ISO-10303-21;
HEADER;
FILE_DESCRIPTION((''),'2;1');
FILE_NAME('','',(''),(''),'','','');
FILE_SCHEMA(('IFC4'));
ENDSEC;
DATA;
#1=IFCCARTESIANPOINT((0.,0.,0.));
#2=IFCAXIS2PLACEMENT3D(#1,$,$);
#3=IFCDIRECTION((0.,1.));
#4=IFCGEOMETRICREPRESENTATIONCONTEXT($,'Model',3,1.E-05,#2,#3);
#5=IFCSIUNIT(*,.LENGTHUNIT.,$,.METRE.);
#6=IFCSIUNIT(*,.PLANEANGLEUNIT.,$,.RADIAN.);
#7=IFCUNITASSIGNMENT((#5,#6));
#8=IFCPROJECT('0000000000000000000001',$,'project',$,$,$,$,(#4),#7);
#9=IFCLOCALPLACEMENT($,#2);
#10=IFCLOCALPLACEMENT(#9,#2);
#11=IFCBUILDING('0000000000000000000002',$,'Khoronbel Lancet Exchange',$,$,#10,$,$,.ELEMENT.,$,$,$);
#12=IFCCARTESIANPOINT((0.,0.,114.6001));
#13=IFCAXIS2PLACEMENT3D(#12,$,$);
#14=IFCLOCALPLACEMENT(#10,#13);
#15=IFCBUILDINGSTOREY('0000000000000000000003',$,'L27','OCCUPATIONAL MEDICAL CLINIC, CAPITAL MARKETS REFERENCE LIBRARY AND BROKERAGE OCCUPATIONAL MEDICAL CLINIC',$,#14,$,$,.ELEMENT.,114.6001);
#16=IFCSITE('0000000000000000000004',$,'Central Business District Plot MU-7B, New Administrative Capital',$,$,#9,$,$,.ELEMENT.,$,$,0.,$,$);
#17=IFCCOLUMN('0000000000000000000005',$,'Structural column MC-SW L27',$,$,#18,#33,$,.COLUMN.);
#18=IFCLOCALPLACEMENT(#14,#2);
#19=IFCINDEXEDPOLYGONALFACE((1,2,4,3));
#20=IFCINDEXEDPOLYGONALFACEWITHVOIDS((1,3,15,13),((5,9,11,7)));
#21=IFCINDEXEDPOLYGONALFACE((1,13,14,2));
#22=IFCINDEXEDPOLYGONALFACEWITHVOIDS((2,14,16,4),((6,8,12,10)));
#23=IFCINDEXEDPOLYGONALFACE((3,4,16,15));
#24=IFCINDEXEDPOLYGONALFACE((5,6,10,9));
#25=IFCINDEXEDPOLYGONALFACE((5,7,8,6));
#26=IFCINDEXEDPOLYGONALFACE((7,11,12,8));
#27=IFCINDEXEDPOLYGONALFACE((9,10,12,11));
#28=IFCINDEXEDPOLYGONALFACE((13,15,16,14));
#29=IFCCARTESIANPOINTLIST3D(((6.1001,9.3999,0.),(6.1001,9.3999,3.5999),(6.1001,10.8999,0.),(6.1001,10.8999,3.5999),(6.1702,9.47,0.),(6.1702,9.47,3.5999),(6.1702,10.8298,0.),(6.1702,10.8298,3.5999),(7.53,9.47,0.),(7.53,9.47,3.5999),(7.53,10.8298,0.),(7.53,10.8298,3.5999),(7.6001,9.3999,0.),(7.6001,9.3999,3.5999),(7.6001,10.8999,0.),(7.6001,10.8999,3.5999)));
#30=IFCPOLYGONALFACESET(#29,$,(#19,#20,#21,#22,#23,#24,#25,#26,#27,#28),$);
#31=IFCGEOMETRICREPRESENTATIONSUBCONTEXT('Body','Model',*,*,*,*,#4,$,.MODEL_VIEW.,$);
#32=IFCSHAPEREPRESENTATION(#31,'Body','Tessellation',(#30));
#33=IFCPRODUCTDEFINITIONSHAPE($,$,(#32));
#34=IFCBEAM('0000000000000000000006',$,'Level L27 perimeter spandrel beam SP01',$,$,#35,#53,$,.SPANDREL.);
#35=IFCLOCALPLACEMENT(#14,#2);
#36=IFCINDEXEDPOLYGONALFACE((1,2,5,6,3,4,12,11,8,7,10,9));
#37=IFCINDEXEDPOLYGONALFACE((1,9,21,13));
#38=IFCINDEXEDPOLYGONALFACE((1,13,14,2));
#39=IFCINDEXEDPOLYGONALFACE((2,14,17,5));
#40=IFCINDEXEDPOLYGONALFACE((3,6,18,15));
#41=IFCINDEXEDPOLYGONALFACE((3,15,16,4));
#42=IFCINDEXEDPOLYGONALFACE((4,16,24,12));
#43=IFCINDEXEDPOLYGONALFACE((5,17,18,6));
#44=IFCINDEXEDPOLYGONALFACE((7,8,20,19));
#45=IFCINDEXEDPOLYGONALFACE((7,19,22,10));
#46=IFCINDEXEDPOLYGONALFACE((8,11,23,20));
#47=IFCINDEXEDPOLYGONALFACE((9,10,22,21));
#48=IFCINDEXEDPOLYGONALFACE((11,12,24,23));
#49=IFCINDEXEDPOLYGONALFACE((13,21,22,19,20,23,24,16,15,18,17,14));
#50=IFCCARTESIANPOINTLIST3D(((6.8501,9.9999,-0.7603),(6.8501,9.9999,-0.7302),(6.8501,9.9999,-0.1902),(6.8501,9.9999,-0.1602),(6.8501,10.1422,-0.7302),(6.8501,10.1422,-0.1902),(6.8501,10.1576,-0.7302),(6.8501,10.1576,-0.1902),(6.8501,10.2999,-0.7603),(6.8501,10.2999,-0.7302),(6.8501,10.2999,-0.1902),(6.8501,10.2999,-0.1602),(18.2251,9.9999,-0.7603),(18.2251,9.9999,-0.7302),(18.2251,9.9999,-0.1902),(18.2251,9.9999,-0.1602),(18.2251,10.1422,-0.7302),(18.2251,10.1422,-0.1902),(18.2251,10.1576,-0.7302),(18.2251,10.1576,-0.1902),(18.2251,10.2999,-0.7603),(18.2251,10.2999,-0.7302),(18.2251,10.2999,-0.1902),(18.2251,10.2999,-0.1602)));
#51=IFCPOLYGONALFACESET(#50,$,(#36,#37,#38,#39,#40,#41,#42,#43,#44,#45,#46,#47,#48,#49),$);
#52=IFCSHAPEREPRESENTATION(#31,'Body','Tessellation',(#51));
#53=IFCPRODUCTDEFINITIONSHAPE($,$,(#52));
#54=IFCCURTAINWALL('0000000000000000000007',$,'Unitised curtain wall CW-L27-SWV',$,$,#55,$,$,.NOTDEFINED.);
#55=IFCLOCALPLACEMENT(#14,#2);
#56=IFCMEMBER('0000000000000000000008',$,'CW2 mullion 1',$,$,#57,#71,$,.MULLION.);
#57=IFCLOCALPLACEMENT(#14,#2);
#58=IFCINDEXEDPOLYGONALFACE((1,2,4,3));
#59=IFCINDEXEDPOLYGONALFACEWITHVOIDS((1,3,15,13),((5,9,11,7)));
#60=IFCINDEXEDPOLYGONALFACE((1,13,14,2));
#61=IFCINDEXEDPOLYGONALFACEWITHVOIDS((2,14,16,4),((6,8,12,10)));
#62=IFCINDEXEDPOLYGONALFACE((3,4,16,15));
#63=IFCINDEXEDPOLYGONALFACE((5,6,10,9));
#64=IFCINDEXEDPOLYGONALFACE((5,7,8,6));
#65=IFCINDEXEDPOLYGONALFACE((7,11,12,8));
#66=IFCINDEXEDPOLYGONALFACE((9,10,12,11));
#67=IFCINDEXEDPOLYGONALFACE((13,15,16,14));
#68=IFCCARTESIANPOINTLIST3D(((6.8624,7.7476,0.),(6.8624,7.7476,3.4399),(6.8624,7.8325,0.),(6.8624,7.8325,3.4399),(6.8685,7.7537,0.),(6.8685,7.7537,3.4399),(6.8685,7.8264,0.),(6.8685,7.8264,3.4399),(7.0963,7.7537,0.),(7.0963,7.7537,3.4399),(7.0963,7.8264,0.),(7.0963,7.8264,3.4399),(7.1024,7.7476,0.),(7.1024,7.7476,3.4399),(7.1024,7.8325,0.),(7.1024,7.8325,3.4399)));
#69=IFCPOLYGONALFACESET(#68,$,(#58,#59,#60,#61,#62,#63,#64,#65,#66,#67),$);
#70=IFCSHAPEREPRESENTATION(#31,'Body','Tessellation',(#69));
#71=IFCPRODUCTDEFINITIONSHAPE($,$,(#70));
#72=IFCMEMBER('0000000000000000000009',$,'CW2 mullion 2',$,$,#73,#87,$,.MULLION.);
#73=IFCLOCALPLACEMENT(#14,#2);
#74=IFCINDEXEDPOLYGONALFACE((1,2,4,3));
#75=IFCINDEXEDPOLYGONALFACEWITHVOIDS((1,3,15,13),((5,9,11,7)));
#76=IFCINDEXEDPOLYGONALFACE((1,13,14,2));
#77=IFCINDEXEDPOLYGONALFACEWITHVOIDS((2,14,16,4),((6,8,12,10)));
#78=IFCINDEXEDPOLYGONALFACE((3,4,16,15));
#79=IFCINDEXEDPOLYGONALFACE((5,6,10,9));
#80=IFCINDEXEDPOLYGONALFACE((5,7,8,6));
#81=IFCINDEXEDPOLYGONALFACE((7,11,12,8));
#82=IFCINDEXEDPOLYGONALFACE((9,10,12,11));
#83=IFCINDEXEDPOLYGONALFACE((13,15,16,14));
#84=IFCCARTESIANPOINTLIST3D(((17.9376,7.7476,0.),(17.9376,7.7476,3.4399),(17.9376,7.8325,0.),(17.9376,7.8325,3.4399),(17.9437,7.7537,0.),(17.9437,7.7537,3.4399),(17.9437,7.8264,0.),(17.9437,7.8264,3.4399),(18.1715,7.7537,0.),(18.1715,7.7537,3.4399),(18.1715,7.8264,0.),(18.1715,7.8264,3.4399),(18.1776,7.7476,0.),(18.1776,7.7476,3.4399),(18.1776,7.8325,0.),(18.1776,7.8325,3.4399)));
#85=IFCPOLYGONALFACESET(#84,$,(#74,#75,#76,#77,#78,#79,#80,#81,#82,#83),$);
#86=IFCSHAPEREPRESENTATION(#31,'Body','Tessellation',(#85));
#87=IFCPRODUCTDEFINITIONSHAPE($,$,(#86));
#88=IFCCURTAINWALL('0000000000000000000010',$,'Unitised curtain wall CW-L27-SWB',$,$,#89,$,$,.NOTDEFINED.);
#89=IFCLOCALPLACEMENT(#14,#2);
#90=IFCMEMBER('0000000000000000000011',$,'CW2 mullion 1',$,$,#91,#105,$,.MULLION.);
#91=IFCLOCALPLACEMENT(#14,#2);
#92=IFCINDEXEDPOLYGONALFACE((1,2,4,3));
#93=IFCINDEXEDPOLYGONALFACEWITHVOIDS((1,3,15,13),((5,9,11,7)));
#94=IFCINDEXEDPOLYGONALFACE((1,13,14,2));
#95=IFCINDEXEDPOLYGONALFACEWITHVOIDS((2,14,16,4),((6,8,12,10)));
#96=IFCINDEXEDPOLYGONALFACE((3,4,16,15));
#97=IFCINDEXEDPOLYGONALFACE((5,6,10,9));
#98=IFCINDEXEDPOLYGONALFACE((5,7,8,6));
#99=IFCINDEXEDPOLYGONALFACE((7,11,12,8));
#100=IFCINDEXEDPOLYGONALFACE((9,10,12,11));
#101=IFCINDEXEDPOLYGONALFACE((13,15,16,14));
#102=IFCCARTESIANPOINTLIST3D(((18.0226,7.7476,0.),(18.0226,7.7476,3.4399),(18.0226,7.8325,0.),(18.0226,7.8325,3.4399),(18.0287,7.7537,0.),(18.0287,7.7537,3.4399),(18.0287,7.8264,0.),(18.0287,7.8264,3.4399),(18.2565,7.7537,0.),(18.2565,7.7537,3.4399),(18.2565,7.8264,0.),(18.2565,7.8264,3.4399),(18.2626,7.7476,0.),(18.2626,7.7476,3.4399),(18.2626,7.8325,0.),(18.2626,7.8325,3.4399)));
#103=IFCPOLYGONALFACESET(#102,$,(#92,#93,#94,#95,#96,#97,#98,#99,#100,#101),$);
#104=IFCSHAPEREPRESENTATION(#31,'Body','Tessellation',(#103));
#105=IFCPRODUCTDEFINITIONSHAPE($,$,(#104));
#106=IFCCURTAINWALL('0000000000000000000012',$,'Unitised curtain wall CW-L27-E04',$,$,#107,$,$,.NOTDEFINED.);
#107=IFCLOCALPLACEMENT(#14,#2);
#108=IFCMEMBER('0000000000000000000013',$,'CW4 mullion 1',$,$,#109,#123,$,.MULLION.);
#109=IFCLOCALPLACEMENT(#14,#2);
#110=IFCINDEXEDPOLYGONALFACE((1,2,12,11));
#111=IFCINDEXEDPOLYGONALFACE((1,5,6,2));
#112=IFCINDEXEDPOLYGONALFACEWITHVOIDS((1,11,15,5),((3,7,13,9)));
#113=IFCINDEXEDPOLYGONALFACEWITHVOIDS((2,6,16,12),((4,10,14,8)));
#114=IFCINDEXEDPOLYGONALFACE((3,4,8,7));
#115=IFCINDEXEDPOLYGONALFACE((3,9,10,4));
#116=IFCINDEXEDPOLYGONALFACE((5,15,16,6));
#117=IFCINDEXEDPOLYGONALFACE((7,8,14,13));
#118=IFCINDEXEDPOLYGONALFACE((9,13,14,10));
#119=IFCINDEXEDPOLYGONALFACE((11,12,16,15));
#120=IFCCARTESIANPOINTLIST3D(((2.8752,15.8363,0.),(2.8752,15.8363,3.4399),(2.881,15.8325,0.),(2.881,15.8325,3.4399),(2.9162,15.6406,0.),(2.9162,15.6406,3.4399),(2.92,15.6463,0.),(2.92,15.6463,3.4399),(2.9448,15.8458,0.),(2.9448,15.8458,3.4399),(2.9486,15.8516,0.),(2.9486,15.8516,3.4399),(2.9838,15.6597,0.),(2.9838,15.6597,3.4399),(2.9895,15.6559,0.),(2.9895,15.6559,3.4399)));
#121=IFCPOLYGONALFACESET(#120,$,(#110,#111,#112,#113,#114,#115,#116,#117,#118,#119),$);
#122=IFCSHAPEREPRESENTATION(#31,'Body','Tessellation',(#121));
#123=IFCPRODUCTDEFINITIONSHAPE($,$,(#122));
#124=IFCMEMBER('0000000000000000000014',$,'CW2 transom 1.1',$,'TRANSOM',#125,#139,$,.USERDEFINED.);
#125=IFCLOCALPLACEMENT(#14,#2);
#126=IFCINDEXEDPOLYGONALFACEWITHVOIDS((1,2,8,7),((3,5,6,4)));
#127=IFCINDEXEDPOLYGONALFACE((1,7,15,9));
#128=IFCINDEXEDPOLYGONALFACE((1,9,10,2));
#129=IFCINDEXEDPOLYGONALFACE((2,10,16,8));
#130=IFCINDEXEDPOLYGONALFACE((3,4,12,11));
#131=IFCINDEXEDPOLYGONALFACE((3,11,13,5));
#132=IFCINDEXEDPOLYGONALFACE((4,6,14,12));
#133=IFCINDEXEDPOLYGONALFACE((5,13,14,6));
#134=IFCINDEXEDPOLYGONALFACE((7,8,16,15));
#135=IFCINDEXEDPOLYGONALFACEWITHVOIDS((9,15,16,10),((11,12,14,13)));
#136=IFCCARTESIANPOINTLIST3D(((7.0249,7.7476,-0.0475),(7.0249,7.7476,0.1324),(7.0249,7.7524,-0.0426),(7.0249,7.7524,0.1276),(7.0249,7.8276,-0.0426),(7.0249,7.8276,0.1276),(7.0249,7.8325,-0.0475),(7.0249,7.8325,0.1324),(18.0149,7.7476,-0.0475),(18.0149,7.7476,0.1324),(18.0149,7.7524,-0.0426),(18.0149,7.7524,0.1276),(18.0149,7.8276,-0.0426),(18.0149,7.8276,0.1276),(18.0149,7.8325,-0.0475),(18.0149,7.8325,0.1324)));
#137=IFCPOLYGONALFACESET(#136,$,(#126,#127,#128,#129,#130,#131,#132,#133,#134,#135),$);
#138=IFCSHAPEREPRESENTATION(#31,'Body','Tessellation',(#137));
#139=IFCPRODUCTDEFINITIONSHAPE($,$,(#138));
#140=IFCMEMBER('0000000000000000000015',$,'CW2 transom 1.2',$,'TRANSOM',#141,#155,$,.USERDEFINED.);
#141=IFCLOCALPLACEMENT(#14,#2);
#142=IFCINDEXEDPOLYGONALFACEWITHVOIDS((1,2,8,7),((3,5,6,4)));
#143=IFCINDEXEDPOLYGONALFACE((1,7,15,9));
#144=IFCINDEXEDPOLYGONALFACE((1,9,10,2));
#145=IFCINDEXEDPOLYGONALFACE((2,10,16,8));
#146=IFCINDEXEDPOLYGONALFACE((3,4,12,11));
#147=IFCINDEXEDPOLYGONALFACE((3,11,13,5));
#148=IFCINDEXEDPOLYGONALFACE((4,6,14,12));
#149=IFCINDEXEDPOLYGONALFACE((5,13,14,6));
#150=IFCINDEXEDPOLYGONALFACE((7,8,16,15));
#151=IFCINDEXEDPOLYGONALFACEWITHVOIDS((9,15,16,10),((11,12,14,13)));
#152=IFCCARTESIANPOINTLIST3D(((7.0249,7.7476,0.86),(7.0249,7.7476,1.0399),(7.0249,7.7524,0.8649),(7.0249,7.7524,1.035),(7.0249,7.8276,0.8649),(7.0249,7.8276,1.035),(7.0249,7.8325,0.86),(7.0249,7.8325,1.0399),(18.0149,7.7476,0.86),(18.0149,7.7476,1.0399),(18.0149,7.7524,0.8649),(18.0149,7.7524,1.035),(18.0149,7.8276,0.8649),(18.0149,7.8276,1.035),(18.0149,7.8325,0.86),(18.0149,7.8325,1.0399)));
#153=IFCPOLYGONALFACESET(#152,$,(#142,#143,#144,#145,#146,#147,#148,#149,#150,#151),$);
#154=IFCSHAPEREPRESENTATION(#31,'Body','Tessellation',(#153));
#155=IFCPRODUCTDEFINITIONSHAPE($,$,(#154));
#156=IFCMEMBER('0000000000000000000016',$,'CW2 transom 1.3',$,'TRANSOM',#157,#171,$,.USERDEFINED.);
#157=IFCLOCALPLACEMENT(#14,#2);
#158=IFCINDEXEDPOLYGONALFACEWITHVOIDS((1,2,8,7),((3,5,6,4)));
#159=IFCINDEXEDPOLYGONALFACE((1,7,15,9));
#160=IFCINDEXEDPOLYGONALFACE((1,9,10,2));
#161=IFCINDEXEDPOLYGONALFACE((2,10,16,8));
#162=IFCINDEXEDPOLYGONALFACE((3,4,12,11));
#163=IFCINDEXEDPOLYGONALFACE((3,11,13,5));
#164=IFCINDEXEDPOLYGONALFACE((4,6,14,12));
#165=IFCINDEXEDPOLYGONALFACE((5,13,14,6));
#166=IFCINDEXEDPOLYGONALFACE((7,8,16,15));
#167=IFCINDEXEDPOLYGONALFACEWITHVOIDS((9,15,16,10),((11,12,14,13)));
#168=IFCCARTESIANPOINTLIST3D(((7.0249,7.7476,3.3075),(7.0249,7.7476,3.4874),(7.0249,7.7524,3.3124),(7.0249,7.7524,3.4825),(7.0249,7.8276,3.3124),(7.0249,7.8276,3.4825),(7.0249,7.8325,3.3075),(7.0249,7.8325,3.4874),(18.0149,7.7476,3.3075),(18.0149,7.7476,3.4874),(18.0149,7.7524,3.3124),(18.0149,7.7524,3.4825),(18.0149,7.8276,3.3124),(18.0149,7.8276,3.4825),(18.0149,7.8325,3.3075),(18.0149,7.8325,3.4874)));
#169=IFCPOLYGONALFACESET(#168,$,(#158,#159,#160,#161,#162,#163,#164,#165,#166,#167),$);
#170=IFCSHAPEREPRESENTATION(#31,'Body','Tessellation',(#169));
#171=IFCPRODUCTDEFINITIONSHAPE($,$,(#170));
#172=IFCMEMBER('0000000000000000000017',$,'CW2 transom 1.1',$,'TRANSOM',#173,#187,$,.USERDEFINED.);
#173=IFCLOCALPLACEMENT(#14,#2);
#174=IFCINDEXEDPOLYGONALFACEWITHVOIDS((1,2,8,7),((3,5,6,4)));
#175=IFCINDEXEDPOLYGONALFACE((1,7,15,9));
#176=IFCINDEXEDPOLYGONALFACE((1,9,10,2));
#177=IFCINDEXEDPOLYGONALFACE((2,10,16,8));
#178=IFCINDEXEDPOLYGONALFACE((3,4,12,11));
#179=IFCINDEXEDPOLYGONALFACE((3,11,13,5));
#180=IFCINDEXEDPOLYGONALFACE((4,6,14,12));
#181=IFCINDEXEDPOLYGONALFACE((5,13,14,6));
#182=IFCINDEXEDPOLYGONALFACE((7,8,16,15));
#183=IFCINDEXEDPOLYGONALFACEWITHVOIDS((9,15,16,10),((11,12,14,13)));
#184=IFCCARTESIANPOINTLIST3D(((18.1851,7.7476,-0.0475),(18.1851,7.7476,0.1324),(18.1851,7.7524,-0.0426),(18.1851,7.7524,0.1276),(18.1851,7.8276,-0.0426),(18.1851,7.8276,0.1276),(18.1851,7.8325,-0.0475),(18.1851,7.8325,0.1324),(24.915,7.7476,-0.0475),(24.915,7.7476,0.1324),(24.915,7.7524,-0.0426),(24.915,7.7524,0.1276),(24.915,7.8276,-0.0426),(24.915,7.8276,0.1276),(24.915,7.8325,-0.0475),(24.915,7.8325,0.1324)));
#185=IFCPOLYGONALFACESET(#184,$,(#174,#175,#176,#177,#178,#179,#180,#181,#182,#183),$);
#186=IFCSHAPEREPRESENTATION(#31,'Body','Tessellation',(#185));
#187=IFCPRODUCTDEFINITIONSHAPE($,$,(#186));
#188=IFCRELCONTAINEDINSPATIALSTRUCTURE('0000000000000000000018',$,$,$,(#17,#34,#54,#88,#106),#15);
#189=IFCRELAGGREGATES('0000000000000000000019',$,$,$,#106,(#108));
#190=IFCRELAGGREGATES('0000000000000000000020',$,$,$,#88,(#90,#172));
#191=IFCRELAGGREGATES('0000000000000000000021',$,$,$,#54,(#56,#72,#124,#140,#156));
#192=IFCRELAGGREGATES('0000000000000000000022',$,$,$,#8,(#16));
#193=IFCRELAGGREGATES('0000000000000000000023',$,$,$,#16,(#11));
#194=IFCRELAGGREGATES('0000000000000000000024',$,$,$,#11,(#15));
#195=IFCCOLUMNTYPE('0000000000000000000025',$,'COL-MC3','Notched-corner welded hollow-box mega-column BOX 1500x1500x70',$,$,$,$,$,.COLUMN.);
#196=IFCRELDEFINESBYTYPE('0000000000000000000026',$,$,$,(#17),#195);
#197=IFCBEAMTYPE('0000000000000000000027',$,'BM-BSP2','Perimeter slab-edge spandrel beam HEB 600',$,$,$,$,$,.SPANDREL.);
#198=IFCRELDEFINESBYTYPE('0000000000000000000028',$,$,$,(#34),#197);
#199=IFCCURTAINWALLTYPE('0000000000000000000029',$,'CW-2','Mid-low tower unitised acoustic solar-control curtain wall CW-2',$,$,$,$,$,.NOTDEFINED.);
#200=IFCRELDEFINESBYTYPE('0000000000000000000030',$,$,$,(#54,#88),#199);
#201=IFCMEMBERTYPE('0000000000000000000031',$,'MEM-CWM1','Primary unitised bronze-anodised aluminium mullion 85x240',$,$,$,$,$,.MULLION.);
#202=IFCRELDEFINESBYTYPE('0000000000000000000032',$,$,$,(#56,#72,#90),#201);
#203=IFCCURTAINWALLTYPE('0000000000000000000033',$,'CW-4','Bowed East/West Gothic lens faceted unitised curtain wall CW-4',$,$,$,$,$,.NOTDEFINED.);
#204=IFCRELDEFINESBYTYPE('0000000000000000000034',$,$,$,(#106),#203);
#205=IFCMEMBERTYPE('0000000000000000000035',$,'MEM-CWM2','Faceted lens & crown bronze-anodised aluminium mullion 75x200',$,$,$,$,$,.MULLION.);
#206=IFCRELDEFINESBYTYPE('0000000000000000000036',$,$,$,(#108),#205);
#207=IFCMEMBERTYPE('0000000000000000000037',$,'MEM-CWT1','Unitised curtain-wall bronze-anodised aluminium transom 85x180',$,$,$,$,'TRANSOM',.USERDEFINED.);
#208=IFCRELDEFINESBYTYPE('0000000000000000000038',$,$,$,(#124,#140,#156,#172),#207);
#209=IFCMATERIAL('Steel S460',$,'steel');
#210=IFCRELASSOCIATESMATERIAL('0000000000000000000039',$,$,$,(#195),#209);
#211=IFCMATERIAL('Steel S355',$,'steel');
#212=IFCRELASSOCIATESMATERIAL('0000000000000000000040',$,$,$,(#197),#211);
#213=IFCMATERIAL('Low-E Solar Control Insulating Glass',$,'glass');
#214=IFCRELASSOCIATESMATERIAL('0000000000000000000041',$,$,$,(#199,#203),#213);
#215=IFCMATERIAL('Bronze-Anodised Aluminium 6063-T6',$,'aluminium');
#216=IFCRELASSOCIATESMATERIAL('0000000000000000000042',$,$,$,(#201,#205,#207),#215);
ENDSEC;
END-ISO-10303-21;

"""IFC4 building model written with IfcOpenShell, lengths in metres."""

from ifc_helpers import new_model, si_unit, direction, frame, origin, origin_2d, place, context, subcontext, project, spatial, hollow_rectangle, i_section, extrude, material, material_profile, profile_set, type_object, element, aggregate, save


model = new_model("IFC4")

# Units and contexts
model_context = context("Model", 3, precision=1e-05, world=origin(), true_north=direction((0.0, 1.0)))
body_context = subcontext(model_context, "Body", "Model", "MODEL_VIEW")
ifc_project = project(units=[si_unit("LENGTHUNIT", "METRE"), si_unit("PLANEANGLEUNIT", "RADIAN")], contexts=[model_context])

# Site, building, storey
site_placement = place(None, origin())
site = spatial("IfcSite", under=ifc_project, at=site_placement, Name="Central Business District Plot MU-7B, New Administrative Capital", CompositionType="ELEMENT", RefElevation=0.0)
building_placement = place(site_placement, origin())
building = spatial("IfcBuilding", under=site, at=building_placement, Name="Khoronbel Lancet Exchange", CompositionType="ELEMENT")
storey_placement = place(building_placement, frame((0.0, 0.0, 114.6001)))
storey = spatial("IfcBuildingStorey", under=building, at=storey_placement, Name="L27", Description="OCCUPATIONAL MEDICAL CLINIC, CAPITAL MARKETS REFERENCE LIBRARY AND BROKERAGE OCCUPATIONAL MEDICAL CLINIC", CompositionType="ELEMENT", Elevation=114.6001)

# Column
ifc_material_1 = material(Name="Steel S460", Category="steel")
ifc_material_profile_1 = material_profile(ifc_material_1, hollow_rectangle(XDim=1.5, YDim=1.5, WallThickness=0.0701, at=origin_2d()), Name="BOX 1500x1500x70")
ifc_profile_set_1 = profile_set([ifc_material_profile_1], Name="Steel S460")
column_type = type_object("IfcColumnType", Name="COL-MC3", Description="Notched-corner welded hollow-box mega-column BOX 1500x1500x70", PredefinedType="COLUMN", material=ifc_profile_set_1)
column_placement = place(storey_placement, frame((6.8501, 10.1499, 0.0), z_axis=(0.0, 0.0, 1.0), x_axis=(1.0, 0.0, 0.0)))
element("IfcColumn", 1, at=column_placement, inside=storey, type_object=column_type, Name="Structural column MC-SW L27", PredefinedType="COLUMN", context=body_context, shape_type="SweptSolid", body=[
    extrude(hollow_rectangle(XDim=1.5, YDim=1.5, WallThickness=0.0701, at=origin_2d()), origin(), (0.0, 0.0, 1.0), 3.5999),
])

# Beam
ifc_material_2 = material(Name="Steel S355", Category="steel")
ifc_material_profile_2 = material_profile(ifc_material_2, i_section(OverallWidth=0.3, OverallDepth=0.6001, WebThickness=0.0154, FlangeThickness=0.03, at=origin_2d()), Name="HEB 600")
ifc_profile_set_2 = profile_set([ifc_material_profile_2], Name="Steel S355")
beam_type = type_object("IfcBeamType", Name="BM-BSP2", Description="Perimeter slab-edge spandrel beam HEB 600", PredefinedType="SPANDREL", material=ifc_profile_set_2)
beam_placement = place(storey_placement, frame((6.8501, 10.1499, -0.4602), z_axis=(1.0, 0.0, 0.0), x_axis=(0.0, 1.0, 0.0)))
element("IfcBeam", 2, at=beam_placement, inside=storey, type_object=beam_type, Name="Level L27 perimeter spandrel beam SP01", PredefinedType="SPANDREL", context=body_context, shape_type="SweptSolid", body=[
    extrude(i_section(OverallWidth=0.3, OverallDepth=0.6001, WebThickness=0.0154, FlangeThickness=0.03, at=origin_2d()), origin(), (0.0, 0.0, 1.0), 11.375),
])

# Curtain wall, members
ifc_material_3 = material(Name="Low-E Solar Control Insulating Glass", Category="glass")
curtain_wall_type_1 = type_object("IfcCurtainWallType", Name="CW-2", Description="Mid-low tower unitised acoustic solar-control curtain wall CW-2", PredefinedType="NOTDEFINED", material=ifc_material_3)
curtain_wall_1_placement = place(storey_placement, origin())
curtain_wall_1 = element("IfcCurtainWall", 3, at=curtain_wall_1_placement, inside=storey, type_object=curtain_wall_type_1, Name="Unitised curtain wall CW-L27-SWV", PredefinedType="NOTDEFINED")
ifc_material_4 = material(Name="Bronze-Anodised Aluminium 6063-T6", Category="aluminium")
ifc_material_profile_3 = material_profile(ifc_material_4, hollow_rectangle(XDim=0.085, YDim=0.24, WallThickness=0.0061, at=origin_2d()), Name="ALU MULLION 85x240")
ifc_profile_set_3 = profile_set([ifc_material_profile_3], Name="Bronze-Anodised Aluminium 6063-T6")
member_type_1 = type_object("IfcMemberType", Name="MEM-CWM1", Description="Primary unitised bronze-anodised aluminium mullion 85x240", PredefinedType="MULLION", material=ifc_profile_set_3)
member_1_placement = place(storey_placement, frame((6.9824, 7.79, 0.0), z_axis=(0.0, 0.0, 1.0), x_axis=(0.0, 1.0, 0.0)))
member_1 = element("IfcMember", 4, at=member_1_placement, type_object=member_type_1, Name="CW2 mullion 1", PredefinedType="MULLION", context=body_context, shape_type="SweptSolid", body=[
    extrude(hollow_rectangle(XDim=0.085, YDim=0.24, WallThickness=0.0061, at=origin_2d()), origin(), (0.0, 0.0, 1.0), 3.4399),
])
member_2_placement = place(storey_placement, frame((18.0576, 7.79, 0.0), z_axis=(0.0, 0.0, 1.0), x_axis=(0.0, 1.0, 0.0)))
member_2 = element("IfcMember", 5, at=member_2_placement, type_object=member_type_1, Name="CW2 mullion 2", PredefinedType="MULLION", context=body_context, shape_type="SweptSolid", body=[
    extrude(hollow_rectangle(XDim=0.085, YDim=0.24, WallThickness=0.0061, at=origin_2d()), origin(), (0.0, 0.0, 1.0), 3.4399),
])

# Curtain walls, members
curtain_wall_2_placement = place(storey_placement, origin())
curtain_wall_2 = element("IfcCurtainWall", 6, at=curtain_wall_2_placement, inside=storey, type_object=curtain_wall_type_1, Name="Unitised curtain wall CW-L27-SWB", PredefinedType="NOTDEFINED")
member_3_placement = place(storey_placement, frame((18.1426, 7.79, 0.0), z_axis=(0.0, 0.0, 1.0), x_axis=(0.0, 1.0, 0.0)))
member_3 = element("IfcMember", 7, at=member_3_placement, type_object=member_type_1, Name="CW2 mullion 1", PredefinedType="MULLION", context=body_context, shape_type="SweptSolid", body=[
    extrude(hollow_rectangle(XDim=0.085, YDim=0.24, WallThickness=0.0061, at=origin_2d()), origin(), (0.0, 0.0, 1.0), 3.4399),
])
curtain_wall_type_2 = type_object("IfcCurtainWallType", Name="CW-4", Description="Bowed East/West Gothic lens faceted unitised curtain wall CW-4", PredefinedType="NOTDEFINED", material=ifc_material_3)
curtain_wall_3_placement = place(storey_placement, origin())
curtain_wall_3 = element("IfcCurtainWall", 8, at=curtain_wall_3_placement, inside=storey, type_object=curtain_wall_type_2, Name="Unitised curtain wall CW-L27-E04", PredefinedType="NOTDEFINED")
ifc_material_profile_4 = material_profile(ifc_material_4, hollow_rectangle(XDim=0.075, YDim=0.2, WallThickness=0.0049, at=origin_2d()), Name="ALU MULLION 75x200")
ifc_profile_set_4 = profile_set([ifc_material_profile_4], Name="Bronze-Anodised Aluminium 6063-T6")
member_type_2 = type_object("IfcMemberType", Name="MEM-CWM2", Description="Faceted lens & crown bronze-anodised aluminium mullion 75x200", PredefinedType="MULLION", material=ifc_profile_set_4)
member_4_placement = place(storey_placement, frame((2.9324, 15.7461, 0.0), z_axis=(0.0, 0.0, 1.0), x_axis=(-0.97878, -0.204913, 0.0)))
member_4 = element("IfcMember", 9, at=member_4_placement, type_object=member_type_2, Name="CW4 mullion 1", PredefinedType="MULLION", context=body_context, shape_type="SweptSolid", body=[
    extrude(hollow_rectangle(XDim=0.075, YDim=0.2, WallThickness=0.0049, at=origin_2d()), origin(), (0.0, 0.0, 1.0), 3.4399),
])
aggregate(curtain_wall_3, [member_4])

# Members
ifc_material_profile_5 = material_profile(ifc_material_4, hollow_rectangle(XDim=0.085, YDim=0.1799, WallThickness=0.0049, at=origin_2d()), Name="ALU TRANSOM 85x180")
ifc_profile_set_5 = profile_set([ifc_material_profile_5], Name="Bronze-Anodised Aluminium 6063-T6")
member_type_3 = type_object("IfcMemberType", Name="MEM-CWT1", Description="Unitised curtain-wall bronze-anodised aluminium transom 85x180", ElementType="TRANSOM", PredefinedType="USERDEFINED", material=ifc_profile_set_5)
member_5_placement = place(storey_placement, frame((7.0249, 7.79, 0.0425), z_axis=(1.0, 0.0, 0.0), x_axis=(0.0, 1.0, 0.0)))
member_5 = element("IfcMember", 10, at=member_5_placement, type_object=member_type_3, Name="CW2 transom 1.1", ObjectType="TRANSOM", PredefinedType="USERDEFINED", context=body_context, shape_type="SweptSolid", body=[
    extrude(hollow_rectangle(XDim=0.085, YDim=0.1799, WallThickness=0.0049, at=origin_2d()), origin(), (0.0, 0.0, 1.0), 10.99),
])
member_6_placement = place(storey_placement, frame((7.0249, 7.79, 0.95), z_axis=(1.0, 0.0, 0.0), x_axis=(0.0, 1.0, 0.0)))
member_6 = element("IfcMember", 11, at=member_6_placement, type_object=member_type_3, Name="CW2 transom 1.2", ObjectType="TRANSOM", PredefinedType="USERDEFINED", context=body_context, shape_type="SweptSolid", body=[
    extrude(hollow_rectangle(XDim=0.085, YDim=0.1799, WallThickness=0.0049, at=origin_2d()), origin(), (0.0, 0.0, 1.0), 10.99),
])
member_7_placement = place(storey_placement, frame((7.0249, 7.79, 3.3975), z_axis=(1.0, 0.0, 0.0), x_axis=(0.0, 1.0, 0.0)))
member_7 = element("IfcMember", 12, at=member_7_placement, type_object=member_type_3, Name="CW2 transom 1.3", ObjectType="TRANSOM", PredefinedType="USERDEFINED", context=body_context, shape_type="SweptSolid", body=[
    extrude(hollow_rectangle(XDim=0.085, YDim=0.1799, WallThickness=0.0049, at=origin_2d()), origin(), (0.0, 0.0, 1.0), 10.99),
])
member_8_placement = place(storey_placement, frame((18.1851, 7.79, 0.0425), z_axis=(1.0, 0.0, 0.0), x_axis=(0.0, 1.0, 0.0)))
member_8 = element("IfcMember", 13, at=member_8_placement, type_object=member_type_3, Name="CW2 transom 1.1", ObjectType="TRANSOM", PredefinedType="USERDEFINED", context=body_context, shape_type="SweptSolid", body=[
    extrude(hollow_rectangle(XDim=0.085, YDim=0.1799, WallThickness=0.0049, at=origin_2d()), origin(), (0.0, 0.0, 1.0), 6.73),
])
aggregate(curtain_wall_2, [member_3, member_8])

aggregate(curtain_wall_1, [member_1, member_2, member_5, member_6, member_7])

save(model, "model.ifc")
